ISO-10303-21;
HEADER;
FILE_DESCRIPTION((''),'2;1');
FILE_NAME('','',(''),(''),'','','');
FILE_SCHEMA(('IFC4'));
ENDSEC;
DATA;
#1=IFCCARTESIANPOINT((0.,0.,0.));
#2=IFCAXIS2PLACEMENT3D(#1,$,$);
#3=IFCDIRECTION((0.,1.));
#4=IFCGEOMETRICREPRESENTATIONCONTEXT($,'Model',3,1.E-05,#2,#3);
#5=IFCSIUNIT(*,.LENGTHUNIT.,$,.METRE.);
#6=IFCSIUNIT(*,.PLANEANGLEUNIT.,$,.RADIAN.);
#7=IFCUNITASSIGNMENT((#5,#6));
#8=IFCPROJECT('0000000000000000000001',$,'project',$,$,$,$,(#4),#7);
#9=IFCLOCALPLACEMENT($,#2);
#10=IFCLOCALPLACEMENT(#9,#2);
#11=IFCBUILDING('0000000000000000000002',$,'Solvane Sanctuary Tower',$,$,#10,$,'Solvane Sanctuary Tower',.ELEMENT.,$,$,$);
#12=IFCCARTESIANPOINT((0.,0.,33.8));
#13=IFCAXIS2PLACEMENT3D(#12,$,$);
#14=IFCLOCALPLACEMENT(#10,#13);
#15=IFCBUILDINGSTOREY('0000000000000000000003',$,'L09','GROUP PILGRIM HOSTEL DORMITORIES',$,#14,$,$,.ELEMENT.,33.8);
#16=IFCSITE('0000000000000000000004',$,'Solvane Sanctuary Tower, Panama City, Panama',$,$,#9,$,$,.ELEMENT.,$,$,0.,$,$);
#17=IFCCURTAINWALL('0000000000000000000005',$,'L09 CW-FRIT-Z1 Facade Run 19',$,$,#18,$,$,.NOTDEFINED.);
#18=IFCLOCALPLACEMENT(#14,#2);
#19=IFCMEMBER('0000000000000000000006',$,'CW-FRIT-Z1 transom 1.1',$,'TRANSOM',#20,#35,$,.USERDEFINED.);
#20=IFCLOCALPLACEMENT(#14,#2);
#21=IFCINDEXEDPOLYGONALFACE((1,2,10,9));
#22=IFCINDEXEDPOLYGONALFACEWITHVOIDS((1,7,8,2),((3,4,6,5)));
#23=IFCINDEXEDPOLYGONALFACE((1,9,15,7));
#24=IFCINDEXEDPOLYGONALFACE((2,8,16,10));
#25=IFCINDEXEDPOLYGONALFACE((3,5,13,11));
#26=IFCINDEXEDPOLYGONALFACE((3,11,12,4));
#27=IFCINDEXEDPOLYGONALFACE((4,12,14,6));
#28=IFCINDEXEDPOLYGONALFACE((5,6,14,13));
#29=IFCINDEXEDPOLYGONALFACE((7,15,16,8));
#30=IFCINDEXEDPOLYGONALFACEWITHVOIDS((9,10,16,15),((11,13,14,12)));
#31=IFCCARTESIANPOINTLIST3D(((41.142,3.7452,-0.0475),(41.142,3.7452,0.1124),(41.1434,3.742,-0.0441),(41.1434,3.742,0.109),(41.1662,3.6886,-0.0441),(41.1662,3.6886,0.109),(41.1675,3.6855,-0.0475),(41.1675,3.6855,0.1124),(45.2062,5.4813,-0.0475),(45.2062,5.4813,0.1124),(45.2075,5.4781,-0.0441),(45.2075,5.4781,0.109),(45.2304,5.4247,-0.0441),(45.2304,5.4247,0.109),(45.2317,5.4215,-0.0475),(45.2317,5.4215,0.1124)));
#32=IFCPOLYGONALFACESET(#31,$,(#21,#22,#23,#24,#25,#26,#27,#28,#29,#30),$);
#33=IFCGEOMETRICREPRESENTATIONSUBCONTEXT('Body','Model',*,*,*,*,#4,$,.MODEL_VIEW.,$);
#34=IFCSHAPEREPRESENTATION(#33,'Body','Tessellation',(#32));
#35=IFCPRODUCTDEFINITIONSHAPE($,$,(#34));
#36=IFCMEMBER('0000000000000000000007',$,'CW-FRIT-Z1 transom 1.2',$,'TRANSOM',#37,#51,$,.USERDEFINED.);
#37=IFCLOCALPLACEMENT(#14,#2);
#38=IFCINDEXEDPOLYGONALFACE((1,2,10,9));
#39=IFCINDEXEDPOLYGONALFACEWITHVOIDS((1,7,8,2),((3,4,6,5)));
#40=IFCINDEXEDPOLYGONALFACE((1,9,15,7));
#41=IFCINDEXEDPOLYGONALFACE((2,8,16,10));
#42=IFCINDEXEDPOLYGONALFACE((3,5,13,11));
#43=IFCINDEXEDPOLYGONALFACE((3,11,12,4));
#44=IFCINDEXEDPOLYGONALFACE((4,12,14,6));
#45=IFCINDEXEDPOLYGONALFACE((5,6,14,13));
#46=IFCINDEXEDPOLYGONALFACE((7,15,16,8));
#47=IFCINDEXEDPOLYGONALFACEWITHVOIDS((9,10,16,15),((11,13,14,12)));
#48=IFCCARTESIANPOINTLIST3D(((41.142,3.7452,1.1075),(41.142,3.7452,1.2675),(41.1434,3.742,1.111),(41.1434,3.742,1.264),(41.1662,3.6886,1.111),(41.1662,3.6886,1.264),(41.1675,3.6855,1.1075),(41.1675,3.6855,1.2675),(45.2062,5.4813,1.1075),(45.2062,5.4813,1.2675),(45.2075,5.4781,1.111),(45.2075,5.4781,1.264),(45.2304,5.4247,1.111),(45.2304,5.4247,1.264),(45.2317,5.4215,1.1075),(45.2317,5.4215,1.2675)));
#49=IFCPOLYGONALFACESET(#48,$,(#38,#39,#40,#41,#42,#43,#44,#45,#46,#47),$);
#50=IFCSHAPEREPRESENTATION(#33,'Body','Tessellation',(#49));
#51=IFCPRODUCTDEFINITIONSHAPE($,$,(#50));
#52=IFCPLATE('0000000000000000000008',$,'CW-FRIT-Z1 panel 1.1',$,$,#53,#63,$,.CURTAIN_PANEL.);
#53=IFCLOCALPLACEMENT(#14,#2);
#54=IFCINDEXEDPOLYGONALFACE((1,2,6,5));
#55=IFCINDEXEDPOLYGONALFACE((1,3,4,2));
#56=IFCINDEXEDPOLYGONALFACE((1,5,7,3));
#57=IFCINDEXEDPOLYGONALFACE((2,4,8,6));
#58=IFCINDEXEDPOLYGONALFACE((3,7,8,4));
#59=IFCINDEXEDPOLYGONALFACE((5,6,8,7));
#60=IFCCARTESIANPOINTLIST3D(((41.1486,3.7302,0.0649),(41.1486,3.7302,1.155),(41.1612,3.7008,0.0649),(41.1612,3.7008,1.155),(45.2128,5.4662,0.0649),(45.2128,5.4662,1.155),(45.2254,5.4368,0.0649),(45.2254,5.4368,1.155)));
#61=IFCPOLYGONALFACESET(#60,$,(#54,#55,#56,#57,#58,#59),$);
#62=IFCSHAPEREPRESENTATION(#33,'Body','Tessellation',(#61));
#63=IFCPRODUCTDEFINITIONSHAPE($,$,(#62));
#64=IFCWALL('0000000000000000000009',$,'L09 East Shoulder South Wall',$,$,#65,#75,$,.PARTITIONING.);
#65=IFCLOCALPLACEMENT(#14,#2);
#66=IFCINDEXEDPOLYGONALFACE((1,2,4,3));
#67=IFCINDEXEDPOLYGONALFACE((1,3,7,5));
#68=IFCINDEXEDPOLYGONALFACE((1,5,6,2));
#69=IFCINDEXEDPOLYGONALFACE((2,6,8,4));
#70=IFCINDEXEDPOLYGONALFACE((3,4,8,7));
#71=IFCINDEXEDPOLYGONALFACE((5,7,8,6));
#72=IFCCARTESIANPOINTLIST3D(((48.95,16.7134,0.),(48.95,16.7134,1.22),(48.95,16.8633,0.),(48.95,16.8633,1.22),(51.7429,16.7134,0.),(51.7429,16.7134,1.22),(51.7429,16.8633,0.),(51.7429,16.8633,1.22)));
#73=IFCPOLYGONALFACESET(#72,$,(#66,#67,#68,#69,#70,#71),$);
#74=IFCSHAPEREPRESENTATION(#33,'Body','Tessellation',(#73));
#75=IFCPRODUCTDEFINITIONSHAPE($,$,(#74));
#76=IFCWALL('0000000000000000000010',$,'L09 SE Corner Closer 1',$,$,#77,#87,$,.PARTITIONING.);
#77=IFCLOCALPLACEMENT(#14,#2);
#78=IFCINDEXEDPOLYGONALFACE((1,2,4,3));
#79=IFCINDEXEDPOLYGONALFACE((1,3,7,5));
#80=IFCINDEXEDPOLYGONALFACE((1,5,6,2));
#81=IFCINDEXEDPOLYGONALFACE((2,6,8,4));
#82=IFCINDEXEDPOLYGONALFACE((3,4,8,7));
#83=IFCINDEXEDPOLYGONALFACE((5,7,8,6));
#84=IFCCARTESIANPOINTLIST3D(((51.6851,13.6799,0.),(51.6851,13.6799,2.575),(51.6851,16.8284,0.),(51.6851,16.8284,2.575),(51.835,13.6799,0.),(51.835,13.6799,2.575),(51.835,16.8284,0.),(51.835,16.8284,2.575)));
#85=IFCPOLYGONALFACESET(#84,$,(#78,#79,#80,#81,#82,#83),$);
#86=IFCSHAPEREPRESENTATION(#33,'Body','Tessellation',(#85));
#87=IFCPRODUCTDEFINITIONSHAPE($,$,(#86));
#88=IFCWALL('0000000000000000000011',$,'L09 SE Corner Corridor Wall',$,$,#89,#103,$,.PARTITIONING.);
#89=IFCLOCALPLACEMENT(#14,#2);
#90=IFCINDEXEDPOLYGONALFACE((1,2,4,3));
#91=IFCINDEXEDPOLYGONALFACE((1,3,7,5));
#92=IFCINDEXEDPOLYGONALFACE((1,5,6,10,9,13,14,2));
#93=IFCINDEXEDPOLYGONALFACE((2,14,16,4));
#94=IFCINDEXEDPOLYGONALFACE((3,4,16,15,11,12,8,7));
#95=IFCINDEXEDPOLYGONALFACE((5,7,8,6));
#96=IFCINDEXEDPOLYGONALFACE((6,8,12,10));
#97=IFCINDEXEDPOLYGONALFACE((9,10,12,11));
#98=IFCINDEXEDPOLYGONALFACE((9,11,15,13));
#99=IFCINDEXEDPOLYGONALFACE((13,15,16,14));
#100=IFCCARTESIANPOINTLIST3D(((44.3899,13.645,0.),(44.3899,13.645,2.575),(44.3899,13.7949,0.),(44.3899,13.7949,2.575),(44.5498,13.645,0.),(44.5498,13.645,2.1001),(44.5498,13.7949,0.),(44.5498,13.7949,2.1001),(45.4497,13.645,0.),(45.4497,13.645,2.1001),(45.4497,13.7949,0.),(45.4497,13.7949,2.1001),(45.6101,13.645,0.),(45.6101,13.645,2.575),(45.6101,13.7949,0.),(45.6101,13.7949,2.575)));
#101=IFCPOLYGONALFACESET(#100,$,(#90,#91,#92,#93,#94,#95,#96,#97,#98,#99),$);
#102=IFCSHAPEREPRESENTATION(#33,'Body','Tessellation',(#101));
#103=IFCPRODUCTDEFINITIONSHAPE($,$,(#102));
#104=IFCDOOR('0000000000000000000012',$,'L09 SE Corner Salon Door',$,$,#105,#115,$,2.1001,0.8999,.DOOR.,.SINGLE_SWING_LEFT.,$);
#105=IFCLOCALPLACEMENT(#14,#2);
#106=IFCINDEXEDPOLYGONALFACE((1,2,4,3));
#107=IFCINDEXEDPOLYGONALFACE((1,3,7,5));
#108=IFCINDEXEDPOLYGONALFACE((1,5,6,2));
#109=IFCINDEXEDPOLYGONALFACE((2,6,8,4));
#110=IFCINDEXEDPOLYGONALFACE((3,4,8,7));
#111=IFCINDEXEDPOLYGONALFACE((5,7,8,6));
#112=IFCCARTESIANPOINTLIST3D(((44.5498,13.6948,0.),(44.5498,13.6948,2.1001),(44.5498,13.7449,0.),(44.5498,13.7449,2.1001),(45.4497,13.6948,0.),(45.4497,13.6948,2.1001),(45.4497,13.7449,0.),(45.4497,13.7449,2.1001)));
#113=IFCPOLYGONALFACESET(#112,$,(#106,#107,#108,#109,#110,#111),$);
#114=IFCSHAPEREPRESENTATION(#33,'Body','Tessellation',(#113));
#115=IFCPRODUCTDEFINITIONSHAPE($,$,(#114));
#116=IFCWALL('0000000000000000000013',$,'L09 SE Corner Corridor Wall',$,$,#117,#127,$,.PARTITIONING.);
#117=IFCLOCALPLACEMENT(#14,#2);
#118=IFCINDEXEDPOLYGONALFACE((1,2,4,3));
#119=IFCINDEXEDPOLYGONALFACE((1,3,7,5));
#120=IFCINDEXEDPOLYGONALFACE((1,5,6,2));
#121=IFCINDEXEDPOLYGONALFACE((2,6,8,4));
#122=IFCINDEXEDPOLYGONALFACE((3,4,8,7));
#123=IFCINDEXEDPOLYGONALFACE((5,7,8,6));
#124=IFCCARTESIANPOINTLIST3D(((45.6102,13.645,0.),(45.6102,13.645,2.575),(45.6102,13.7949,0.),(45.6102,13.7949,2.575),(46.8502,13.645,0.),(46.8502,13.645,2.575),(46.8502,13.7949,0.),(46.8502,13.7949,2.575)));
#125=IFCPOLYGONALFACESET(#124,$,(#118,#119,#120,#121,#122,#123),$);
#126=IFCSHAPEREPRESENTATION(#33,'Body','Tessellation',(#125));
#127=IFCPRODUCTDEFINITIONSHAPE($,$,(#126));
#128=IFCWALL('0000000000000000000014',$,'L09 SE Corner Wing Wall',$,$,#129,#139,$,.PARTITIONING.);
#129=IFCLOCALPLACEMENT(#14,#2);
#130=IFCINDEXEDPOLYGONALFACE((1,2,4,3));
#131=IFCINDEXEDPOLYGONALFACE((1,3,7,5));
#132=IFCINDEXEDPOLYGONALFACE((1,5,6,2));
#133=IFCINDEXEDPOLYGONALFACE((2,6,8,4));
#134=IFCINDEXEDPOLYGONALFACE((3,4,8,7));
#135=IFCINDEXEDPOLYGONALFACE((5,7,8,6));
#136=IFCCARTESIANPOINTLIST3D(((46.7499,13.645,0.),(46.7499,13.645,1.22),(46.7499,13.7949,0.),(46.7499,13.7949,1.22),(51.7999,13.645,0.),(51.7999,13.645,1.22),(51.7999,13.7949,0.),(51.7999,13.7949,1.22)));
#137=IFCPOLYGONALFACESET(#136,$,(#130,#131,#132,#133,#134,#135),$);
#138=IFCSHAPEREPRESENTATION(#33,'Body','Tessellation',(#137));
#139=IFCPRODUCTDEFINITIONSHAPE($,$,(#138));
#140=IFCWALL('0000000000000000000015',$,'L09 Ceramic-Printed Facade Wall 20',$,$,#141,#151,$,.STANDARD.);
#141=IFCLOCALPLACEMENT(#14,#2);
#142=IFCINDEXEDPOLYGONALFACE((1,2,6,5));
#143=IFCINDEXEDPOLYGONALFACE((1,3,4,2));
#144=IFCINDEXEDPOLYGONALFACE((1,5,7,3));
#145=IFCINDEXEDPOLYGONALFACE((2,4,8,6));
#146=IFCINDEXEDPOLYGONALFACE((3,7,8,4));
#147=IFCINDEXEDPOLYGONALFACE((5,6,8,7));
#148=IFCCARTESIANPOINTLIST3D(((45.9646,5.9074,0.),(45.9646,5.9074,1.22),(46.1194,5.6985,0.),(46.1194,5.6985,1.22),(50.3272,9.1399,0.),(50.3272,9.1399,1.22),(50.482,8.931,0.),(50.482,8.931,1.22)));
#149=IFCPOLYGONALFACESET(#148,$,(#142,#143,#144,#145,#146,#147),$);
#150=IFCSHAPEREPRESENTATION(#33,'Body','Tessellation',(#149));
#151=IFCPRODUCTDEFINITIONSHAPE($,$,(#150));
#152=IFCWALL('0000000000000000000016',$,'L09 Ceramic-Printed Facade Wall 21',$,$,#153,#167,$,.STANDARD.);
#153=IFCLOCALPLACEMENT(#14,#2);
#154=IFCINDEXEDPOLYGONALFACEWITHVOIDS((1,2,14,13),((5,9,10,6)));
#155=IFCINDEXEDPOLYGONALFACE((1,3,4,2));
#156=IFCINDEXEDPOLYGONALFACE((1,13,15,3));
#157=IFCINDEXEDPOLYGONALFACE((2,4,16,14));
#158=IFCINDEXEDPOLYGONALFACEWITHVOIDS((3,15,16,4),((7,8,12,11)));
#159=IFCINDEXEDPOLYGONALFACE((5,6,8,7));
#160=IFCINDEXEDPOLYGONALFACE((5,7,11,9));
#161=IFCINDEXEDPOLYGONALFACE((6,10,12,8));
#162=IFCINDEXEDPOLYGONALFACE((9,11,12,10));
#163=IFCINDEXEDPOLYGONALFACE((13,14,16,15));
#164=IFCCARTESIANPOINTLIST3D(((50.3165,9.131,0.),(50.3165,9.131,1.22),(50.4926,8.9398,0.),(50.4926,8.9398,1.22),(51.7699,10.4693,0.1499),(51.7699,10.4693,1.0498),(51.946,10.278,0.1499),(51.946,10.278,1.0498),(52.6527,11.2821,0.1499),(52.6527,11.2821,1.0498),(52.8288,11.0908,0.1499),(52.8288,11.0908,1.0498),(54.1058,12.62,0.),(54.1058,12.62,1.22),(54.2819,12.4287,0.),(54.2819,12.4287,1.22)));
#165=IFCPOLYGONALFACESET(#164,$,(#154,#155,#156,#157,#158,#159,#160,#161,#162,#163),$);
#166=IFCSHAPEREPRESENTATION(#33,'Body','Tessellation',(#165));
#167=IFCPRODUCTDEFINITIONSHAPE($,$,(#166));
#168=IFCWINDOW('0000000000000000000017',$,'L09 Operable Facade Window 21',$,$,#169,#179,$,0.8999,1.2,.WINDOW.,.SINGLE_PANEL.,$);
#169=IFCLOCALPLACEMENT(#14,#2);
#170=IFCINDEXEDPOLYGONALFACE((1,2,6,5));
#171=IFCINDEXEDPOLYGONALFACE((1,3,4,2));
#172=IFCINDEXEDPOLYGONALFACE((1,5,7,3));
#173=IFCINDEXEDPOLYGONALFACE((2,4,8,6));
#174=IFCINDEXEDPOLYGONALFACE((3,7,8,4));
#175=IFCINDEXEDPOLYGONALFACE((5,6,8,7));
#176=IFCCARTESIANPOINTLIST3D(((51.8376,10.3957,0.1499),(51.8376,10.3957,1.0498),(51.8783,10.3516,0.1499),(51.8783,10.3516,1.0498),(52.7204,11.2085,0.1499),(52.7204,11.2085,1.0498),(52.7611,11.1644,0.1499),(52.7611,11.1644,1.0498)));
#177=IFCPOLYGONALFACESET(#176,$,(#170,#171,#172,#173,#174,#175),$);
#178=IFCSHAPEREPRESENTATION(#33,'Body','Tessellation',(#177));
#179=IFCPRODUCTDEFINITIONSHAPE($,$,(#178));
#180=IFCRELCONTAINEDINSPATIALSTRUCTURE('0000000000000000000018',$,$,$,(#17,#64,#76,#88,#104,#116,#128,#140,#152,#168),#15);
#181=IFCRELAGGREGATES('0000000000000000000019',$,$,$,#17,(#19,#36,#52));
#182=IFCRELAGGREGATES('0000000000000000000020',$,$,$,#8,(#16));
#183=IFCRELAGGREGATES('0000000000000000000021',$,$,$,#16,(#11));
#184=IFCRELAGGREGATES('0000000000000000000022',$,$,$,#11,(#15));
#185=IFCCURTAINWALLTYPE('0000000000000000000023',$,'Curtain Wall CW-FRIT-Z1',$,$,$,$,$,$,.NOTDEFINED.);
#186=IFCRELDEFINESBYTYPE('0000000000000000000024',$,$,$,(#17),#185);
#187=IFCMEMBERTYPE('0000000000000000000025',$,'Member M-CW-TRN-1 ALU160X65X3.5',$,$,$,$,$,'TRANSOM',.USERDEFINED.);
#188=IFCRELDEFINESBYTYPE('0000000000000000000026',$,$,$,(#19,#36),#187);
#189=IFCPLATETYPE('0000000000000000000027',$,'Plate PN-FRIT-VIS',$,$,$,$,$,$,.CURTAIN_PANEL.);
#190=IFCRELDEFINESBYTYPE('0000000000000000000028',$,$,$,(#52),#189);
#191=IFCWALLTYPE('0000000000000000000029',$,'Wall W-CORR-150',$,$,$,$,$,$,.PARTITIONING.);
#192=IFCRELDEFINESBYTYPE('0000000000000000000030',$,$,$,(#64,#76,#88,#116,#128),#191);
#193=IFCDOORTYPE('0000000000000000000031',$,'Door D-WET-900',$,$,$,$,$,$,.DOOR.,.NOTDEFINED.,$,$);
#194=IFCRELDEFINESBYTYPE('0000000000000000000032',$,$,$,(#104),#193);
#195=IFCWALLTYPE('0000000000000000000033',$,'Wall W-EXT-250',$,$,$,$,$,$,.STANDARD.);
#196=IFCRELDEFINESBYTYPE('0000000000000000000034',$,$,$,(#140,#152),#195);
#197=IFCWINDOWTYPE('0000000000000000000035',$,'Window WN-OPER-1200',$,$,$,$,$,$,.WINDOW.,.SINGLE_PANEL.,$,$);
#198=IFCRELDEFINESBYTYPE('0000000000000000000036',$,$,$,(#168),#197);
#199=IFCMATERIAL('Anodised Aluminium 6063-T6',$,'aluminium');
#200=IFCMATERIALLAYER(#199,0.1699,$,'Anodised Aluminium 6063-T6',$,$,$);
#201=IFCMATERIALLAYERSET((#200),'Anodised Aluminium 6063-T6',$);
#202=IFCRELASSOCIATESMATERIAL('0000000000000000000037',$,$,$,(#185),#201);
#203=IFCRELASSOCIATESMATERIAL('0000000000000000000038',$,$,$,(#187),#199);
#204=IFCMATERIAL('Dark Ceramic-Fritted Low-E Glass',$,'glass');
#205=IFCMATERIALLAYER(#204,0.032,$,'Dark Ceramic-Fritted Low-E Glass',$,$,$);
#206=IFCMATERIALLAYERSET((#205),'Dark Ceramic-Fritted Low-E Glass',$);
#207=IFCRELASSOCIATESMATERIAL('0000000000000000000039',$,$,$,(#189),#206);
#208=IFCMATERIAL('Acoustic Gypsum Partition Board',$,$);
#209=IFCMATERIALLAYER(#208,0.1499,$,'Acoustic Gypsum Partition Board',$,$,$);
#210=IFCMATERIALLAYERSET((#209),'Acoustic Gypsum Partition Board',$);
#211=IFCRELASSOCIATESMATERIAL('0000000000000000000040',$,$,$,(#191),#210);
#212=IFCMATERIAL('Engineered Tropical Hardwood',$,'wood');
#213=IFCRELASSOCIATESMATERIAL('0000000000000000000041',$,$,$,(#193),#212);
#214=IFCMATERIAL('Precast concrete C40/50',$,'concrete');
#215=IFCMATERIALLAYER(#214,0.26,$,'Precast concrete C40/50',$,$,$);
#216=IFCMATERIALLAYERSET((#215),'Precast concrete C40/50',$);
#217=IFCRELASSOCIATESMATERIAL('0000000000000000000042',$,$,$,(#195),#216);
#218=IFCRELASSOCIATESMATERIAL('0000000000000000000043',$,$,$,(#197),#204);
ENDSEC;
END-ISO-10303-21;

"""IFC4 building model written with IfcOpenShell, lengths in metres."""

from ifc_helpers import new_model, si_unit, direction, frame, frame_2d, origin, origin_2d, place, context, subcontext, project, spatial, rectangle, hollow_rectangle, extrude, material, layer, layer_set, material_profile, profile_set, type_object, element, fill, aggregate, save


model = new_model("IFC4")

# Units and contexts
model_context = context("Model", 3, precision=1e-05, world=origin(), true_north=direction((0.0, 1.0)))
body_context = subcontext(model_context, "Body", "Model", "MODEL_VIEW")
ifc_project = project(units=[si_unit("LENGTHUNIT", "METRE"), si_unit("PLANEANGLEUNIT", "RADIAN")], contexts=[model_context])

# Site, building, storey
site_placement = place(None, origin())
site = spatial("IfcSite", under=ifc_project, at=site_placement, Name="Solvane Sanctuary Tower, Panama City, Panama", CompositionType="ELEMENT", RefElevation=0.0)
building_placement = place(site_placement, origin())
building = spatial("IfcBuilding", under=site, at=building_placement, Name="Solvane Sanctuary Tower", LongName="Solvane Sanctuary Tower", CompositionType="ELEMENT")
storey_placement = place(building_placement, frame((0.0, 0.0, 33.8)))
storey = spatial("IfcBuildingStorey", under=building, at=storey_placement, Name="L09", Description="GROUP PILGRIM HOSTEL DORMITORIES", CompositionType="ELEMENT", Elevation=33.8)

# Curtain wall, members, plate
ifc_material_1 = material(Name="Anodised Aluminium 6063-T6", Category="aluminium")
ifc_layer_1 = layer(ifc_material_1, 0.1699, Name="Anodised Aluminium 6063-T6")
ifc_layer_set_1 = layer_set([ifc_layer_1], Name="Anodised Aluminium 6063-T6")
curtain_wall_type = type_object("IfcCurtainWallType", Name="Curtain Wall CW-FRIT-Z1", PredefinedType="NOTDEFINED", material=ifc_layer_set_1)
curtain_wall_placement = place(storey_placement, origin())
curtain_wall = element("IfcCurtainWall", 1, at=curtain_wall_placement, inside=storey, type_object=curtain_wall_type, Name="L09 CW-FRIT-Z1 Facade Run 19", PredefinedType="NOTDEFINED")
ifc_material_profile_1 = material_profile(ifc_material_1, hollow_rectangle(XDim=0.0649, YDim=0.1599, WallThickness=0.0034, at=origin_2d()), Name="ALU160X65X3.5")
ifc_profile_set_1 = profile_set([ifc_material_profile_1], Name="Anodised Aluminium 6063-T6")
member_type_1 = type_object("IfcMemberType", Name="Member M-CW-TRN-1 ALU160X65X3.5", ElementType="TRANSOM", PredefinedType="USERDEFINED", material=ifc_profile_set_1)
member_1_placement = place(storey_placement, frame((41.1548, 3.7153, 0.0325), z_axis=(0.919613, 0.392826, 0.0), x_axis=(-0.392826, 0.919613, 0.0)))
member_1 = element("IfcMember", 2, at=member_1_placement, type_object=member_type_1, Name="CW-FRIT-Z1 transom 1.1", ObjectType="TRANSOM", PredefinedType="USERDEFINED", context=body_context, shape_type="SweptSolid", body=[
    extrude(hollow_rectangle(XDim=0.0649, YDim=0.1599, WallThickness=0.0034, at=origin_2d()), origin(), (0.0, 0.0, 1.0), 4.4194),
])
member_2_placement = place(storey_placement, frame((41.1548, 3.7153, 1.1875), z_axis=(0.919613, 0.392826, 0.0), x_axis=(-0.392826, 0.919613, 0.0)))
member_2 = element("IfcMember", 3, at=member_2_placement, type_object=member_type_1, Name="CW-FRIT-Z1 transom 1.2", ObjectType="TRANSOM", PredefinedType="USERDEFINED", context=body_context, shape_type="SweptSolid", body=[
    extrude(hollow_rectangle(XDim=0.0649, YDim=0.1599, WallThickness=0.0034, at=origin_2d()), origin(), (0.0, 0.0, 1.0), 4.4194),
])
ifc_material_2 = material(Name="Dark Ceramic-Fritted Low-E Glass", Category="glass")
ifc_layer_2 = layer(ifc_material_2, 0.032, Name="Dark Ceramic-Fritted Low-E Glass")
ifc_layer_set_2 = layer_set([ifc_layer_2], Name="Dark Ceramic-Fritted Low-E Glass")
plate_type = type_object("IfcPlateType", Name="Plate PN-FRIT-VIS", PredefinedType="CURTAIN_PANEL", material=ifc_layer_set_2)
plate_placement = place(storey_placement, frame((43.187, 4.5835, 0.0649), z_axis=(0.0, 0.0, 1.0), x_axis=(0.919615, 0.39282, 0.0)))
plate = element("IfcPlate", 4, at=plate_placement, type_object=plate_type, Name="CW-FRIT-Z1 panel 1.1", PredefinedType="CURTAIN_PANEL", context=body_context, shape_type="SweptSolid", body=[
    extrude(rectangle(XDim=4.4194, YDim=0.032, at=origin_2d()), origin(), (0.0, 0.0, 1.0), 1.0901),
])
aggregate(curtain_wall, [member_1, member_2, plate])

# Walls
ifc_material_3 = material(Name="Acoustic Gypsum Partition Board")
ifc_layer_3 = layer(ifc_material_3, 0.1499, Name="Acoustic Gypsum Partition Board")
ifc_layer_set_3 = layer_set([ifc_layer_3], Name="Acoustic Gypsum Partition Board")
wall_type_1 = type_object("IfcWallType", Name="Wall W-CORR-150", PredefinedType="PARTITIONING", material=ifc_layer_set_3)
wall_1_placement = place(storey_placement, frame((48.95, 16.7883, 0.0), z_axis=(0.0, 0.0, 1.0), x_axis=(1.0, 0.0, 0.0)))
element("IfcWall", 5, at=wall_1_placement, inside=storey, type_object=wall_type_1, Name="L09 East Shoulder South Wall", PredefinedType="PARTITIONING", context=body_context, shape_type="SweptSolid", body=[
    extrude(rectangle(XDim=2.793, YDim=0.1499, at=frame_2d((1.3965, 0.0))), origin(), (0.0, 0.0, 1.0), 1.22),
])
wall_2_placement = place(storey_placement, frame((51.76, 13.6799, 0.0), z_axis=(0.0, 0.0, 1.0), x_axis=(0.0, 1.0, 0.0)))
element("IfcWall", 6, at=wall_2_placement, inside=storey, type_object=wall_type_1, Name="L09 SE Corner Closer 1", PredefinedType="PARTITIONING", context=body_context, shape_type="SweptSolid", body=[
    extrude(rectangle(XDim=3.1484, YDim=0.1499, at=frame_2d((1.5742, 0.0))), origin(), (0.0, 0.0, 1.0), 2.575),
])

# Wall, opening, door
wall_3_placement = place(storey_placement, frame((44.3899, 13.72, 0.0), z_axis=(0.0, 0.0, 1.0), x_axis=(1.0, 0.0, 0.0)))
wall_3 = element("IfcWall", 7, at=wall_3_placement, inside=storey, type_object=wall_type_1, Name="L09 SE Corner Corridor Wall", PredefinedType="PARTITIONING", context=body_context, shape_type="SweptSolid", body=[
    extrude(rectangle(XDim=1.2202, YDim=0.1499, at=frame_2d((0.6101, 0.0))), origin(), (0.0, 0.0, 1.0), 2.575),
])
opening_1_placement = place(wall_3_placement, frame((0.1599, 0.0, 0.0)))
opening_1 = element("IfcOpeningElement", 8, at=opening_1_placement, cuts=wall_3, PredefinedType="OPENING", context=body_context, shape_type="SweptSolid", body=[
    extrude(rectangle(XDim=0.8999, YDim=2.1001, at=frame_2d((0.45, 1.05))), frame((0.0, 0.085, 0.0), z_axis=(0.0, -1.0, 0.0), x_axis=(1.0, 0.0, 0.0)), (0.0, 0.0, 1.0), 0.1699),
])
ifc_material_4 = material(Name="Engineered Tropical Hardwood", Category="wood")
door_type = type_object("IfcDoorType", Name="Door D-WET-900", OperationType="NOTDEFINED", PredefinedType="DOOR", material=ifc_material_4)
door_placement = place(opening_1_placement, origin())
door = element("IfcDoor", 9, at=door_placement, inside=storey, type_object=door_type, Name="L09 SE Corner Salon Door", OperationType="SINGLE_SWING_LEFT", OverallHeight=2.1001, OverallWidth=0.8999, PredefinedType="DOOR", context=body_context, shape_type="SweptSolid", body=[
    extrude(rectangle(XDim=0.8999, YDim=2.1001, at=frame_2d((0.45, 1.05))), frame((0.0, 0.0249, 0.0), z_axis=(0.0, -1.0, 0.0), x_axis=(1.0, 0.0, 0.0)), (0.0, 0.0, 1.0), 0.05),
])
fill(opening_1, door)

# Walls
wall_4_placement = place(storey_placement, frame((45.6101, 13.72, 0.0), z_axis=(0.0, 0.0, 1.0), x_axis=(1.0, 0.0, 0.0)))
element("IfcWall", 10, at=wall_4_placement, inside=storey, type_object=wall_type_1, Name="L09 SE Corner Corridor Wall", PredefinedType="PARTITIONING", context=body_context, shape_type="SweptSolid", body=[
    extrude(rectangle(XDim=1.24, YDim=0.1499, at=frame_2d((0.6201, 0.0))), origin(), (0.0, 0.0, 1.0), 2.575),
])
wall_5_placement = place(storey_placement, frame((46.75, 13.72, 0.0), z_axis=(0.0, 0.0, 1.0), x_axis=(1.0, 0.0, 0.0)))
element("IfcWall", 11, at=wall_5_placement, inside=storey, type_object=wall_type_1, Name="L09 SE Corner Wing Wall", PredefinedType="PARTITIONING", context=body_context, shape_type="SweptSolid", body=[
    extrude(rectangle(XDim=5.05, YDim=0.1499, at=frame_2d((2.5249, 0.0))), origin(), (0.0, 0.0, 1.0), 1.22),
])
ifc_material_5 = material(Name="Precast concrete C40/50", Category="concrete")
ifc_layer_4 = layer(ifc_material_5, 0.26, Name="Precast concrete C40/50")
ifc_layer_set_4 = layer_set([ifc_layer_4], Name="Precast concrete C40/50")
wall_type_2 = type_object("IfcWallType", Name="Wall W-EXT-250", PredefinedType="STANDARD", material=ifc_layer_set_4)
wall_6_placement = place(storey_placement, frame((46.042, 5.803, 0.0), z_axis=(0.0, 0.0, 1.0), x_axis=(0.803478, 0.595335, 0.0)))
element("IfcWall", 12, at=wall_6_placement, inside=storey, type_object=wall_type_2, Name="L09 Ceramic-Printed Facade Wall 20", PredefinedType="STANDARD", context=body_context, shape_type="SweptSolid", body=[
    extrude(rectangle(XDim=5.4297, YDim=0.26, at=frame_2d((2.7148, 0.0))), origin(), (0.0, 0.0, 1.0), 1.22),
])

# Wall, opening, window
wall_7_placement = place(storey_placement, frame((50.4045, 9.0354, 0.0), z_axis=(0.0, 0.0, 1.0), x_axis=(0.735655, 0.677356, 0.0)))
wall_7 = element("IfcWall", 13, at=wall_7_placement, inside=storey, type_object=wall_type_2, Name="L09 Ceramic-Printed Facade Wall 21", PredefinedType="STANDARD", context=body_context, shape_type="SweptSolid", body=[
    extrude(rectangle(XDim=5.1509, YDim=0.26, at=frame_2d((2.5754, 0.0))), origin(), (0.0, 0.0, 1.0), 1.22),
])
opening_2_placement = place(wall_7_placement, frame((1.9756, 0.0, 0.1499)))
opening_2 = element("IfcOpeningElement", 14, at=opening_2_placement, cuts=wall_7, PredefinedType="OPENING", context=body_context, shape_type="SweptSolid", body=[
    extrude(rectangle(XDim=1.2, YDim=0.8999, at=frame_2d((0.6001, 0.45))), frame((0.0, 0.1399, 0.0), z_axis=(0.0, -1.0, 0.0), x_axis=(1.0, 0.0, 0.0)), (0.0, 0.0, 1.0), 0.28),
])
window_type = type_object("IfcWindowType", Name="Window WN-OPER-1200", PartitioningType="SINGLE_PANEL", PredefinedType="WINDOW", material=ifc_material_2)
window_1_placement = place(opening_2_placement, origin())
window_1 = element("IfcWindow", 15, at=window_1_placement, inside=storey, type_object=window_type, Name="L09 Operable Facade Window 21", OverallHeight=0.8999, OverallWidth=1.2, PartitioningType="SINGLE_PANEL", PredefinedType="WINDOW", context=body_context, shape_type="SweptSolid", body=[
    extrude(rectangle(XDim=1.2, YDim=0.8999, at=frame_2d((0.6001, 0.45))), frame((0.0, 0.03, 0.0), z_axis=(0.0, -1.0, 0.0), x_axis=(1.0, 0.0, 0.0)), (0.0, 0.0, 1.0), 0.0601),
])
fill(opening_2, window_1)

save(model, "model.ifc")
